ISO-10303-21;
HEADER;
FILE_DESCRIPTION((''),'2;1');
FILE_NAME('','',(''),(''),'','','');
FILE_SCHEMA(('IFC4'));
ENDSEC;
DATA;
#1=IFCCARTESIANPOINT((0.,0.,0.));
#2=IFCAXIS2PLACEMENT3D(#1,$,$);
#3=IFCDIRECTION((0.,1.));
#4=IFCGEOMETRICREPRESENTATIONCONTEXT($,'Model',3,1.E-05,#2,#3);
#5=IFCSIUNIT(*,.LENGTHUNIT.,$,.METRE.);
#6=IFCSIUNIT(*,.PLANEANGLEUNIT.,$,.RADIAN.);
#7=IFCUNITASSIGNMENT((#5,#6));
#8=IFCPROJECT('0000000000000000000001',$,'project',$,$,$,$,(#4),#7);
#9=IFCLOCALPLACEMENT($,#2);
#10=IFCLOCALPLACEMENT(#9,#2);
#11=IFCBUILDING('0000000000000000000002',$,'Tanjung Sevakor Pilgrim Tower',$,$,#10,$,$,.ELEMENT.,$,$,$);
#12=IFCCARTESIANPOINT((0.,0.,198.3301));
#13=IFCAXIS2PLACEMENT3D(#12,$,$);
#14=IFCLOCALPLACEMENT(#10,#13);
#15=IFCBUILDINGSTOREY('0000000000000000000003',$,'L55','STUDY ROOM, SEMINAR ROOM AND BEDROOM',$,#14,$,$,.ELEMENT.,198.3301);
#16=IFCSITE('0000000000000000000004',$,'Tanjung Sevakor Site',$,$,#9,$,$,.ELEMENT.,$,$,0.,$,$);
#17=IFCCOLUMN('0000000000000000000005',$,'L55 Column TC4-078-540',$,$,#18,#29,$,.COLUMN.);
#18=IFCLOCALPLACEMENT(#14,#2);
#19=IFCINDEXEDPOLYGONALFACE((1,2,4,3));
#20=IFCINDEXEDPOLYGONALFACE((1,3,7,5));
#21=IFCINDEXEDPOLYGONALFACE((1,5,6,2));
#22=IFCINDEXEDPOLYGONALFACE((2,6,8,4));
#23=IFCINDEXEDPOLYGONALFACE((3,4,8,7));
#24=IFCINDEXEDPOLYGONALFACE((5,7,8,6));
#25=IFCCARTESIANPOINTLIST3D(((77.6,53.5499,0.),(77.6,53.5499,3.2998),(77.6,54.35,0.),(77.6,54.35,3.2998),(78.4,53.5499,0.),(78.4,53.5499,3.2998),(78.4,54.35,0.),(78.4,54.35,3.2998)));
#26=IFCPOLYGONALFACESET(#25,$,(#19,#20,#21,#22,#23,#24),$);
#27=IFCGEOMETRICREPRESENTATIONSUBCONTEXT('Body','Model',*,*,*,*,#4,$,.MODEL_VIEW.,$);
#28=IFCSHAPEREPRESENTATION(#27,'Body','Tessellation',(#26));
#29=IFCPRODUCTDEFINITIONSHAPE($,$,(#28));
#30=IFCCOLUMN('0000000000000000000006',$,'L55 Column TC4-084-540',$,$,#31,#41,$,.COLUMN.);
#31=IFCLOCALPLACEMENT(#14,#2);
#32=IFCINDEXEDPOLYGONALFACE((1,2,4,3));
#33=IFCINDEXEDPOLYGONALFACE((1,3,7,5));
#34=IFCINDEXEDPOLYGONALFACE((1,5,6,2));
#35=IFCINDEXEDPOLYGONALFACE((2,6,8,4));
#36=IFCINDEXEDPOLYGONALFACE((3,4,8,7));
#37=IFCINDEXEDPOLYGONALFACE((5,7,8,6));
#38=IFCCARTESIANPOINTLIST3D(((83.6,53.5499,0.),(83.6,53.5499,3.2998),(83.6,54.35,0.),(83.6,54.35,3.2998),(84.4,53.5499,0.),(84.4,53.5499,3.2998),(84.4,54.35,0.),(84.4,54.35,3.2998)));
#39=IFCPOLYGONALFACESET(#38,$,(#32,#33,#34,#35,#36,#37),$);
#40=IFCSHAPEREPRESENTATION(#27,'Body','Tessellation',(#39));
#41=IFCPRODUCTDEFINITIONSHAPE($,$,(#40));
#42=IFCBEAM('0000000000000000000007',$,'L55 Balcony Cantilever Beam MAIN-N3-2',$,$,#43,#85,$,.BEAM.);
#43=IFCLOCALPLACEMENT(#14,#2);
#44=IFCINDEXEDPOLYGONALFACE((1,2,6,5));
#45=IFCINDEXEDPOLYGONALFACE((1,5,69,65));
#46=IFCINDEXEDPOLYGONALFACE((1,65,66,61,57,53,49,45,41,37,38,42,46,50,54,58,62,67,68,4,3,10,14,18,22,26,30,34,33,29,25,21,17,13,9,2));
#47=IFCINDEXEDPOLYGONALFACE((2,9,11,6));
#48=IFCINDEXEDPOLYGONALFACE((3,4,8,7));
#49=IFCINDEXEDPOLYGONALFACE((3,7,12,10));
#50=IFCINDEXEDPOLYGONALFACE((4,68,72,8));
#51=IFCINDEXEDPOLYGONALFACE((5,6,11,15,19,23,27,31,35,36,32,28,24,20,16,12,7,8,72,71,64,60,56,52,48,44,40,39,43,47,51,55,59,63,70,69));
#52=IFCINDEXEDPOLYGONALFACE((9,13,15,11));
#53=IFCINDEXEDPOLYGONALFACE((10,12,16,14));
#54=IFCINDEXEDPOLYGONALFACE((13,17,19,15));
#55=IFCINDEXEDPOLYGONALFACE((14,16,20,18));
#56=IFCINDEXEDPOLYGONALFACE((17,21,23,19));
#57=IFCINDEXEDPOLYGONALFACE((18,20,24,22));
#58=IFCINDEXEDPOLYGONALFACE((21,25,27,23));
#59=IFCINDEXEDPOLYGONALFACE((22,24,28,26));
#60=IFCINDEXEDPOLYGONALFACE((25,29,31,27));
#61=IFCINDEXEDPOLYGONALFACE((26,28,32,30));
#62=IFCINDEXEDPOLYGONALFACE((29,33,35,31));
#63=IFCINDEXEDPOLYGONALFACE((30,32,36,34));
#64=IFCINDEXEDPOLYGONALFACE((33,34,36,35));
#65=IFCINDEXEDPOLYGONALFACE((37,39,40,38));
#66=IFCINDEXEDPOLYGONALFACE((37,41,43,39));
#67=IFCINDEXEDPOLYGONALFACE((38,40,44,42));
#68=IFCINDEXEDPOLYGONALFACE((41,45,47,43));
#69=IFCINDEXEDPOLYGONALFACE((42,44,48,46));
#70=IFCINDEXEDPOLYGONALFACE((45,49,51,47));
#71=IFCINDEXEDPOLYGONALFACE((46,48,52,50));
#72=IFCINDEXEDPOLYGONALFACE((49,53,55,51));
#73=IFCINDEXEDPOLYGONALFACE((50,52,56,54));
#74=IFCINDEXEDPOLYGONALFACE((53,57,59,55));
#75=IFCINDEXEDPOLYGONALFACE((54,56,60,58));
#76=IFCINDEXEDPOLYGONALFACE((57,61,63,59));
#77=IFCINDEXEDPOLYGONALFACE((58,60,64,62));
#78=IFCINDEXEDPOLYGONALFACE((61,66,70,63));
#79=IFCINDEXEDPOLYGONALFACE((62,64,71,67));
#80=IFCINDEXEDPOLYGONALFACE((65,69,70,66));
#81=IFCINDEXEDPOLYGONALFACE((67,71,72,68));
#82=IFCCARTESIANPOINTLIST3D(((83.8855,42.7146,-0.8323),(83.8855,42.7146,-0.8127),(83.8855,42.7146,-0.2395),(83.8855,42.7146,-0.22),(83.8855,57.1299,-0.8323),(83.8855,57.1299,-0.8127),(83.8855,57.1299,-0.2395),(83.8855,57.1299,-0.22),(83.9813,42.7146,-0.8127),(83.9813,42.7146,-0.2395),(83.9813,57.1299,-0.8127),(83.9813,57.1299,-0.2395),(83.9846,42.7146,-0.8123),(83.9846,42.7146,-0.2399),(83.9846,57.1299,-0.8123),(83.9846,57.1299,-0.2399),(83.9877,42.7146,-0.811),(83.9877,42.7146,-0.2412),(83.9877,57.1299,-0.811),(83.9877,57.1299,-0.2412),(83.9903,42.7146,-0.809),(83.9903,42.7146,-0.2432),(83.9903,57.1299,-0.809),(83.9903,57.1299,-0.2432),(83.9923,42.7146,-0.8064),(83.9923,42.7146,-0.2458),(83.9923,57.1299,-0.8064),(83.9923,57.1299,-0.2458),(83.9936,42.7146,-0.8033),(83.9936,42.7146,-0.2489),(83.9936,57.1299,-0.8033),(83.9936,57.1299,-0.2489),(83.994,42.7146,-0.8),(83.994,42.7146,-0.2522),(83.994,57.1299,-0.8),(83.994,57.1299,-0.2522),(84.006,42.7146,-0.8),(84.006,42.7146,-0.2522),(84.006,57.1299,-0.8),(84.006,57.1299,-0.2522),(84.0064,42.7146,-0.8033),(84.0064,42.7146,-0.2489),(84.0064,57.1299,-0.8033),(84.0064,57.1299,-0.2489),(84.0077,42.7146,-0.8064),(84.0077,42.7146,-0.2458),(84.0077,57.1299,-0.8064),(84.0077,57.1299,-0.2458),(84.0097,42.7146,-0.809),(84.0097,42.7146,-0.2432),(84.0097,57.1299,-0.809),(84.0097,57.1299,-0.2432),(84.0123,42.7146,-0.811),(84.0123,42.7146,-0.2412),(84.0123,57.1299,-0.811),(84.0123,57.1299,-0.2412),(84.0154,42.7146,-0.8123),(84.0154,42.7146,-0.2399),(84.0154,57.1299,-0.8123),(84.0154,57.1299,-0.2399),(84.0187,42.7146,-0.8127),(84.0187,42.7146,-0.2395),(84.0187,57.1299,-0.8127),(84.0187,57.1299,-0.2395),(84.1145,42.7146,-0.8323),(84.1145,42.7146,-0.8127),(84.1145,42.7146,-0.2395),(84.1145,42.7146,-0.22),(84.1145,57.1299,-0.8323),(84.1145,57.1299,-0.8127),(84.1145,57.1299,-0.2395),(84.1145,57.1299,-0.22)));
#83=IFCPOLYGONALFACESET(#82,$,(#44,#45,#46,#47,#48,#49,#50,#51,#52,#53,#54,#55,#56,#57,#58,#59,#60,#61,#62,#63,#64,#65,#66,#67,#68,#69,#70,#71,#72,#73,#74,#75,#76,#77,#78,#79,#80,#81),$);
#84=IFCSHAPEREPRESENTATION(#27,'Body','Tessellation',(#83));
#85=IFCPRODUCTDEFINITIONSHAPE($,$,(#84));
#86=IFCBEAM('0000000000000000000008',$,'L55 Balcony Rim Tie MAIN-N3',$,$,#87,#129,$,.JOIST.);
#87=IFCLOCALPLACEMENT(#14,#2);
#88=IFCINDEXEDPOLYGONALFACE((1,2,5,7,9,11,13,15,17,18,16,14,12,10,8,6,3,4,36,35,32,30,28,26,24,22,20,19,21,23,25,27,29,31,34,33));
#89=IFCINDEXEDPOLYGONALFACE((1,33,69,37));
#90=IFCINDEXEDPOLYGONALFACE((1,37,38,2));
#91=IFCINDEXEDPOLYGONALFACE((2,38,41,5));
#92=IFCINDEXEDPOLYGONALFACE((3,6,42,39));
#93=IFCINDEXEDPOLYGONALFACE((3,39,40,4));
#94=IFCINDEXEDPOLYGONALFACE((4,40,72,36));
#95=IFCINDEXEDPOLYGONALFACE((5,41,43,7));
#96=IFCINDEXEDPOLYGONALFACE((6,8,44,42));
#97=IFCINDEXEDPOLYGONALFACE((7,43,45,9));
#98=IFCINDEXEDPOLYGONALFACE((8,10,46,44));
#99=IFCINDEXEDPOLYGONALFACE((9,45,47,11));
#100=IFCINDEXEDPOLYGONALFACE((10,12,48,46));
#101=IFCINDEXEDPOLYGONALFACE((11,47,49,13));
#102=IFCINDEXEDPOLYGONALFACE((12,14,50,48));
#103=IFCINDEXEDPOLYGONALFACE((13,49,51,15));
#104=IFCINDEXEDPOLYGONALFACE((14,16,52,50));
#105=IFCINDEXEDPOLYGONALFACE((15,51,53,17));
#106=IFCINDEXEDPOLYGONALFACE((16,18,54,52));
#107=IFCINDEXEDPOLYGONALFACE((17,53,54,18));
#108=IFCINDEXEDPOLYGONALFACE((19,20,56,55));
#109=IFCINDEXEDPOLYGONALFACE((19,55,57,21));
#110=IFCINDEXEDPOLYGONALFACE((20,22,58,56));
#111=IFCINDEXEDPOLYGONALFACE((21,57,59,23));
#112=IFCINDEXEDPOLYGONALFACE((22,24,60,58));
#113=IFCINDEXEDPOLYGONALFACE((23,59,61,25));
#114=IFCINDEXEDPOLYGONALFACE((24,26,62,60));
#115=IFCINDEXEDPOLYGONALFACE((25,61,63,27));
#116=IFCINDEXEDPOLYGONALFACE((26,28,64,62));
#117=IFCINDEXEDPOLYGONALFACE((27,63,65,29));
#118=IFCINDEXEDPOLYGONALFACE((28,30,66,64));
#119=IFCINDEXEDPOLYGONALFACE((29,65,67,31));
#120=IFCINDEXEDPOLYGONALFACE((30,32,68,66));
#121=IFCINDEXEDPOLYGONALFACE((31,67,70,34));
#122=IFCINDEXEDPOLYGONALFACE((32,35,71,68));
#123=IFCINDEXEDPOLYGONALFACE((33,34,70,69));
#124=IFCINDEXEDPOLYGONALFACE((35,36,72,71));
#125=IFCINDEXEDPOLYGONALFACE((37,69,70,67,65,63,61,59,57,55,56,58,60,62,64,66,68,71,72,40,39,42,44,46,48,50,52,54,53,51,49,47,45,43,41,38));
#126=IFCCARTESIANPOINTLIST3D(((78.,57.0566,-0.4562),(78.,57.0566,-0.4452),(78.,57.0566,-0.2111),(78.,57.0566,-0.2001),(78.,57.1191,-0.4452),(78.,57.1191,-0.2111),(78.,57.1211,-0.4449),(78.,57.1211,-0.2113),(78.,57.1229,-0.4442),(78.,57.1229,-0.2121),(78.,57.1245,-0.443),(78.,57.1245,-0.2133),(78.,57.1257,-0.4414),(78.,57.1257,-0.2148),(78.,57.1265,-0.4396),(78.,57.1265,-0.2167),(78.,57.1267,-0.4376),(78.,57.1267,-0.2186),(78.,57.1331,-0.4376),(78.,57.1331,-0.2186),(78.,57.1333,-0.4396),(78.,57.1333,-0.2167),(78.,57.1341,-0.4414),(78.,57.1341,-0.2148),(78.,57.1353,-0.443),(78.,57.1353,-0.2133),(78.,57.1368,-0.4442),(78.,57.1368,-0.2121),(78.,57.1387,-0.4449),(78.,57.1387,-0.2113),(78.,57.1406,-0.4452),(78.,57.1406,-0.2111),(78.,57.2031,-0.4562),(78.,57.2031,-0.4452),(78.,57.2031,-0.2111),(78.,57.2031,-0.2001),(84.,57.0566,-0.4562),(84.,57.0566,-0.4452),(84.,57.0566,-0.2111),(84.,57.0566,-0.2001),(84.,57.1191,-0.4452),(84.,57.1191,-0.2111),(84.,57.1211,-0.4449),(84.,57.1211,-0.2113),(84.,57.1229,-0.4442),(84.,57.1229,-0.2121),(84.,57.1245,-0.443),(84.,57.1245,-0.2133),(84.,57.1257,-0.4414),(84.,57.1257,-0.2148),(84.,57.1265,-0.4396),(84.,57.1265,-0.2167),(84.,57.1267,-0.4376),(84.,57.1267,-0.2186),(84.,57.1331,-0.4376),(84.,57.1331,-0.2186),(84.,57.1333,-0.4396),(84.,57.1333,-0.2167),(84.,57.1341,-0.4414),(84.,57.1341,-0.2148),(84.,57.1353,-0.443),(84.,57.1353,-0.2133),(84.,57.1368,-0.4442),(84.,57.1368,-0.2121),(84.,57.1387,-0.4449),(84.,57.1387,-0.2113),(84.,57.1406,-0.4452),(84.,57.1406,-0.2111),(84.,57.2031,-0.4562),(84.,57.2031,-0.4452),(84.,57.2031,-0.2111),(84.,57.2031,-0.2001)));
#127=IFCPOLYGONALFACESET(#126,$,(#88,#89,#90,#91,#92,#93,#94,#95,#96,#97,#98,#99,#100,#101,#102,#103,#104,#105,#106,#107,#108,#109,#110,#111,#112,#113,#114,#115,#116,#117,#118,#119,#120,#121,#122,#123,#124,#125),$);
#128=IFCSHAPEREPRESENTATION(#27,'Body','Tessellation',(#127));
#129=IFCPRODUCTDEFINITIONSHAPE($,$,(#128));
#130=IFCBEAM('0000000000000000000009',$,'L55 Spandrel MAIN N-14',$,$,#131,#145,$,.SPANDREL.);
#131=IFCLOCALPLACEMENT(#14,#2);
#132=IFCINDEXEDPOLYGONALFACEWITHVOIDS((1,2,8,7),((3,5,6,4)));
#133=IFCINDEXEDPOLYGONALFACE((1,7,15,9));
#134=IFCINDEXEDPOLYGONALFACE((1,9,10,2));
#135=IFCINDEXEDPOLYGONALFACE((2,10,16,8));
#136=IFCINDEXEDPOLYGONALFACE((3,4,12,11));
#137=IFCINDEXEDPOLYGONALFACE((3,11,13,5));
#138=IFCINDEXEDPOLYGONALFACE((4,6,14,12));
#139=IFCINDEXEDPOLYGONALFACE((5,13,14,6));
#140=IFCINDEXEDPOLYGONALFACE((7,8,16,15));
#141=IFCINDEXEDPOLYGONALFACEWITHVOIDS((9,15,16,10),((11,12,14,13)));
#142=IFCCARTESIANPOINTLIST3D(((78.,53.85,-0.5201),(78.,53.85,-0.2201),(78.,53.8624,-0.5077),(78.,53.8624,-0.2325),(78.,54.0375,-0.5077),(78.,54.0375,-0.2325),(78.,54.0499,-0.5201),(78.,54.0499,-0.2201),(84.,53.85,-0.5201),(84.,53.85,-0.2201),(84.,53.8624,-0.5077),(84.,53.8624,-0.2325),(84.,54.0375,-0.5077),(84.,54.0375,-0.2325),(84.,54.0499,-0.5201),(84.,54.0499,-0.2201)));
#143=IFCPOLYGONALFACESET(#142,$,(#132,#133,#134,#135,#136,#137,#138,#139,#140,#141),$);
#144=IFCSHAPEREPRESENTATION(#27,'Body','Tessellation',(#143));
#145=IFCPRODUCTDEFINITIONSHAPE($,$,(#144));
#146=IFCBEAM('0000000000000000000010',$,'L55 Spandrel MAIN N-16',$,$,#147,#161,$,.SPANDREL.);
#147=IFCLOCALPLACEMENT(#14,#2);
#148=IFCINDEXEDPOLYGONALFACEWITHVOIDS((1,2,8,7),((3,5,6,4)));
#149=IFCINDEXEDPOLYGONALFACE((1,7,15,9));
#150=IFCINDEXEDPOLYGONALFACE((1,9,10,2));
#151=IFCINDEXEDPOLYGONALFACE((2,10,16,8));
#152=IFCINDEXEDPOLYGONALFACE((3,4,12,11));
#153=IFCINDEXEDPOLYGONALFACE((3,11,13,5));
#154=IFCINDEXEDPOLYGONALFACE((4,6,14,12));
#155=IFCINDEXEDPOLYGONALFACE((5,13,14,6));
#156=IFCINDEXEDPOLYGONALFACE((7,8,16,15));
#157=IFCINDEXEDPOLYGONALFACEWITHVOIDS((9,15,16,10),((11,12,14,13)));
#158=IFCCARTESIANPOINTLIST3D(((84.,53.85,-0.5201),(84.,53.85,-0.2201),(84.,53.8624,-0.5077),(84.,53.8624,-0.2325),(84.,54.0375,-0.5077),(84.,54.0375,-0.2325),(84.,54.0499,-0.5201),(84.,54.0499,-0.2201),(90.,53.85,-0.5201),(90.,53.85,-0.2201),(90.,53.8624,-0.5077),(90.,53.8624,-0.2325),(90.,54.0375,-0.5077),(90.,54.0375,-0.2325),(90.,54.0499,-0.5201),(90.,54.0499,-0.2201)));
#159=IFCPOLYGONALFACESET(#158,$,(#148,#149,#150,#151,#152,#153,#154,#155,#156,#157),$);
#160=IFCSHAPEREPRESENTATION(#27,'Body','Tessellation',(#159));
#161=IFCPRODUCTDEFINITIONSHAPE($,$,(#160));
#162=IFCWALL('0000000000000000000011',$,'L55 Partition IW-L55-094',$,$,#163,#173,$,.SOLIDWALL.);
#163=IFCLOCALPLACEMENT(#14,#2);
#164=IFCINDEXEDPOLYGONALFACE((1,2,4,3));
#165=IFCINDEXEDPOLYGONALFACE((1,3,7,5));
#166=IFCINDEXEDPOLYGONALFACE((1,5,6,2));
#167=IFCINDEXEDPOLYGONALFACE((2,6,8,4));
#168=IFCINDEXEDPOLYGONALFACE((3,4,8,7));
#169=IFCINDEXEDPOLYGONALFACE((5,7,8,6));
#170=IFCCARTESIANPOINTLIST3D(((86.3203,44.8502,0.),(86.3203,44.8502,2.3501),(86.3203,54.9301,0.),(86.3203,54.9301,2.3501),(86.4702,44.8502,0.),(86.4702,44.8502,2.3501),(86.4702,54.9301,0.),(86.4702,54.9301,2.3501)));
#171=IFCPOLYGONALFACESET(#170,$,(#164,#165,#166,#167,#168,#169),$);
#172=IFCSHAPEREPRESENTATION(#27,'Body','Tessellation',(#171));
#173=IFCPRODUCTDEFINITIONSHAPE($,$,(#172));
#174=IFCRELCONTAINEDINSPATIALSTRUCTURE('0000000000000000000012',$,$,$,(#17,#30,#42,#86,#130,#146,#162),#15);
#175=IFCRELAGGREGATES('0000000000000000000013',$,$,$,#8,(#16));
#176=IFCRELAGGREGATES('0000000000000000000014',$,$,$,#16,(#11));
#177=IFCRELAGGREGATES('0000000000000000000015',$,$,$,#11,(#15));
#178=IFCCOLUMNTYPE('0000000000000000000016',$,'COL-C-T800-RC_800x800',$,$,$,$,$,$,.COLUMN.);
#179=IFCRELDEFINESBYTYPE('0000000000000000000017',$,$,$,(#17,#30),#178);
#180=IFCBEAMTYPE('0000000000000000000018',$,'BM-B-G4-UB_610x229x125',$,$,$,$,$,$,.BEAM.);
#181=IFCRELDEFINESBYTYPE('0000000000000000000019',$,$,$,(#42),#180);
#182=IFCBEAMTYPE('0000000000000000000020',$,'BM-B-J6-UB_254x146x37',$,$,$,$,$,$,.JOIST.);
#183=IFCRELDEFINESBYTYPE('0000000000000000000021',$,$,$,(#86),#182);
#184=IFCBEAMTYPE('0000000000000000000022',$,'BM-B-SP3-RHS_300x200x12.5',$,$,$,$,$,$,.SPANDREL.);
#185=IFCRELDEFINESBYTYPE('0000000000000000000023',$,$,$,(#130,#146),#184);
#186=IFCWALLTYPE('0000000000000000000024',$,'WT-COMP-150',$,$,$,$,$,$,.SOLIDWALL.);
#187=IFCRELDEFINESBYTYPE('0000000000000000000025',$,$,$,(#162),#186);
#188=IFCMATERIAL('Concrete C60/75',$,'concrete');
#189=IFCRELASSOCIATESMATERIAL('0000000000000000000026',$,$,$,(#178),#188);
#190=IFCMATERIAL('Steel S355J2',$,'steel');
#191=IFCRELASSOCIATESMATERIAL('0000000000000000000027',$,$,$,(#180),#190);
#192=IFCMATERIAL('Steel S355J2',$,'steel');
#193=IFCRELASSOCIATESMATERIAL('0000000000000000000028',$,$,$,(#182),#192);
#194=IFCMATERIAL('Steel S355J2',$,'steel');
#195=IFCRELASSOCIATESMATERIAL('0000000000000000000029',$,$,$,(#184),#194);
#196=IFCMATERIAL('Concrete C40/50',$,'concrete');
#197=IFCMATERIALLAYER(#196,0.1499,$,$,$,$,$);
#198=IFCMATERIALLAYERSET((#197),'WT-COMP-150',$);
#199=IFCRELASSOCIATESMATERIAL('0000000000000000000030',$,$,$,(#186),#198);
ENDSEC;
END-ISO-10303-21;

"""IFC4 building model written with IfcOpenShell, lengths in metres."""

from ifc_helpers import new_model, si_unit, direction, frame, frame_2d, origin, origin_2d, place, context, subcontext, project, spatial, rectangle, hollow_rectangle, i_section, extrude, material, layer, layer_set, material_profile, profile_set, type_object, element, save


model = new_model("IFC4")

# Units and contexts
model_context = context("Model", 3, precision=1e-05, world=origin(), true_north=direction((0.0, 1.0)))
body_context = subcontext(model_context, "Body", "Model", "MODEL_VIEW")
ifc_project = project(units=[si_unit("LENGTHUNIT", "METRE"), si_unit("PLANEANGLEUNIT", "RADIAN")], contexts=[model_context])

# Site, building, storey
site_placement = place(None, origin())
site = spatial("IfcSite", under=ifc_project, at=site_placement, Name="Tanjung Sevakor Site", CompositionType="ELEMENT", RefElevation=0.0)
building_placement = place(site_placement, origin())
building = spatial("IfcBuilding", under=site, at=building_placement, Name="Tanjung Sevakor Pilgrim Tower", CompositionType="ELEMENT")
storey_placement = place(building_placement, frame((0.0, 0.0, 198.3301)))
storey = spatial("IfcBuildingStorey", under=building, at=storey_placement, Name="L55", Description="STUDY ROOM, SEMINAR ROOM AND BEDROOM", CompositionType="ELEMENT", Elevation=198.3301)

# Columns
ifc_material_1 = material(Name="Concrete C60/75", Category="concrete")
ifc_material_profile_1 = material_profile(ifc_material_1, rectangle(XDim=0.8, YDim=0.8, at=origin_2d()))
ifc_profile_set_1 = profile_set([ifc_material_profile_1], Name="Concrete C60/75")
column_type = type_object("IfcColumnType", Name="COL-C-T800-RC_800x800", PredefinedType="COLUMN", material=ifc_profile_set_1)
for number, where, z_axis, x_axis, name in (
    (1, (78.0, 53.95, 0.0), (0.0, 0.0, 1.0), (1.0, 0.0, 0.0), "L55 Column TC4-078-540"),
    (2, (84.0, 53.95, 0.0), (0.0, 0.0, 1.0), (1.0, 0.0, 0.0), "L55 Column TC4-084-540"),
):
    element("IfcColumn", number, at=place(storey_placement, frame(where, z_axis=z_axis, x_axis=x_axis)), inside=storey, type_object=column_type, Name=name, PredefinedType="COLUMN", context=body_context, shape_type="SweptSolid", body=[
        extrude(rectangle(XDim=0.8, YDim=0.8, at=origin_2d()), origin(), (0.0, 0.0, 1.0), 3.2998),
    ])

# Beams
ifc_material_2 = material(Name="Steel S355J2", Category="steel")
ifc_material_profile_2 = material_profile(ifc_material_2, i_section(OverallWidth=0.229, OverallDepth=0.6123, WebThickness=0.012, FlangeThickness=0.0195, FilletRadius=0.0127, at=origin_2d()))
ifc_profile_set_2 = profile_set([ifc_material_profile_2], Name="Steel S355J2")
beam_type_1 = type_object("IfcBeamType", Name="BM-B-G4-UB_610x229x125", PredefinedType="BEAM", material=ifc_profile_set_2)
beam_1_placement = place(storey_placement, frame((84.0, 42.7146, -0.5261), z_axis=(0.0, 1.0, 0.0), x_axis=(-1.0, 0.0, 0.0)))
element("IfcBeam", 3, at=beam_1_placement, inside=storey, type_object=beam_type_1, Name="L55 Balcony Cantilever Beam MAIN-N3-2", PredefinedType="BEAM", context=body_context, shape_type="SweptSolid", body=[
    extrude(i_section(OverallWidth=0.229, OverallDepth=0.6123, WebThickness=0.012, FlangeThickness=0.0195, FilletRadius=0.0127, at=origin_2d()), origin(), (0.0, 0.0, 1.0), 14.4153),
])
ifc_material_3 = material(Name="Steel S355J2", Category="steel")
ifc_material_profile_3 = material_profile(ifc_material_3, i_section(OverallWidth=0.1465, OverallDepth=0.2561, WebThickness=0.0063, FlangeThickness=0.011, FilletRadius=0.0076, at=origin_2d()))
ifc_profile_set_3 = profile_set([ifc_material_profile_3], Name="Steel S355J2")
beam_type_2 = type_object("IfcBeamType", Name="BM-B-J6-UB_254x146x37", PredefinedType="JOIST", material=ifc_profile_set_3)
beam_2_placement = place(storey_placement, frame((78.0, 57.1299, -0.3281), z_axis=(1.0, 0.0, 0.0), x_axis=(0.0, 1.0, 0.0)))
element("IfcBeam", 4, at=beam_2_placement, inside=storey, type_object=beam_type_2, Name="L55 Balcony Rim Tie MAIN-N3", PredefinedType="JOIST", context=body_context, shape_type="SweptSolid", body=[
    extrude(i_section(OverallWidth=0.1465, OverallDepth=0.2561, WebThickness=0.0063, FlangeThickness=0.011, FilletRadius=0.0076, at=origin_2d()), origin(), (0.0, 0.0, 1.0), 6.0),
])
ifc_material_4 = material(Name="Steel S355J2", Category="steel")
ifc_material_profile_4 = material_profile(ifc_material_4, hollow_rectangle(XDim=0.2, YDim=0.3, WallThickness=0.0125, at=origin_2d()))
ifc_profile_set_4 = profile_set([ifc_material_profile_4], Name="Steel S355J2")
beam_type_3 = type_object("IfcBeamType", Name="BM-B-SP3-RHS_300x200x12.5", PredefinedType="SPANDREL", material=ifc_profile_set_4)
for number, where, z_axis, x_axis, name in (
    (5, (78.0, 53.95, -0.3701), (1.0, 0.0, 0.0), (0.0, 1.0, 0.0), "L55 Spandrel MAIN N-14"),
    (6, (84.0, 53.95, -0.3701), (1.0, 0.0, 0.0), (0.0, 1.0, 0.0), "L55 Spandrel MAIN N-16"),
):
    element("IfcBeam", number, at=place(storey_placement, frame(where, z_axis=z_axis, x_axis=x_axis)), inside=storey, type_object=beam_type_3, Name=name, PredefinedType="SPANDREL", context=body_context, shape_type="SweptSolid", body=[
        extrude(hollow_rectangle(XDim=0.2, YDim=0.3, WallThickness=0.0125, at=origin_2d()), origin(), (0.0, 0.0, 1.0), 6.0),
    ])

# Wall
ifc_material_5 = material(Name="Concrete C40/50", Category="concrete")
ifc_layer_1 = layer(ifc_material_5, 0.1499)
ifc_layer_set_1 = layer_set([ifc_layer_1], Name="WT-COMP-150")
wall_type_1 = type_object("IfcWallType", Name="WT-COMP-150", PredefinedType="SOLIDWALL", material=ifc_layer_set_1)
wall_1_placement = place(storey_placement, frame((86.3953, 44.8501, 0.0), z_axis=(0.0, 0.0, 1.0), x_axis=(0.0, 1.0, 0.0)))
element("IfcWall", 7, at=wall_1_placement, inside=storey, type_object=wall_type_1, Name="L55 Partition IW-L55-094", PredefinedType="SOLIDWALL", context=body_context, shape_type="SweptSolid", body=[
    extrude(rectangle(XDim=10.0798, YDim=0.1499, at=frame_2d((5.04, 0.0))), origin(), (0.0, 0.0, 1.0), 2.3501),
])

save(model, "model.ifc")
